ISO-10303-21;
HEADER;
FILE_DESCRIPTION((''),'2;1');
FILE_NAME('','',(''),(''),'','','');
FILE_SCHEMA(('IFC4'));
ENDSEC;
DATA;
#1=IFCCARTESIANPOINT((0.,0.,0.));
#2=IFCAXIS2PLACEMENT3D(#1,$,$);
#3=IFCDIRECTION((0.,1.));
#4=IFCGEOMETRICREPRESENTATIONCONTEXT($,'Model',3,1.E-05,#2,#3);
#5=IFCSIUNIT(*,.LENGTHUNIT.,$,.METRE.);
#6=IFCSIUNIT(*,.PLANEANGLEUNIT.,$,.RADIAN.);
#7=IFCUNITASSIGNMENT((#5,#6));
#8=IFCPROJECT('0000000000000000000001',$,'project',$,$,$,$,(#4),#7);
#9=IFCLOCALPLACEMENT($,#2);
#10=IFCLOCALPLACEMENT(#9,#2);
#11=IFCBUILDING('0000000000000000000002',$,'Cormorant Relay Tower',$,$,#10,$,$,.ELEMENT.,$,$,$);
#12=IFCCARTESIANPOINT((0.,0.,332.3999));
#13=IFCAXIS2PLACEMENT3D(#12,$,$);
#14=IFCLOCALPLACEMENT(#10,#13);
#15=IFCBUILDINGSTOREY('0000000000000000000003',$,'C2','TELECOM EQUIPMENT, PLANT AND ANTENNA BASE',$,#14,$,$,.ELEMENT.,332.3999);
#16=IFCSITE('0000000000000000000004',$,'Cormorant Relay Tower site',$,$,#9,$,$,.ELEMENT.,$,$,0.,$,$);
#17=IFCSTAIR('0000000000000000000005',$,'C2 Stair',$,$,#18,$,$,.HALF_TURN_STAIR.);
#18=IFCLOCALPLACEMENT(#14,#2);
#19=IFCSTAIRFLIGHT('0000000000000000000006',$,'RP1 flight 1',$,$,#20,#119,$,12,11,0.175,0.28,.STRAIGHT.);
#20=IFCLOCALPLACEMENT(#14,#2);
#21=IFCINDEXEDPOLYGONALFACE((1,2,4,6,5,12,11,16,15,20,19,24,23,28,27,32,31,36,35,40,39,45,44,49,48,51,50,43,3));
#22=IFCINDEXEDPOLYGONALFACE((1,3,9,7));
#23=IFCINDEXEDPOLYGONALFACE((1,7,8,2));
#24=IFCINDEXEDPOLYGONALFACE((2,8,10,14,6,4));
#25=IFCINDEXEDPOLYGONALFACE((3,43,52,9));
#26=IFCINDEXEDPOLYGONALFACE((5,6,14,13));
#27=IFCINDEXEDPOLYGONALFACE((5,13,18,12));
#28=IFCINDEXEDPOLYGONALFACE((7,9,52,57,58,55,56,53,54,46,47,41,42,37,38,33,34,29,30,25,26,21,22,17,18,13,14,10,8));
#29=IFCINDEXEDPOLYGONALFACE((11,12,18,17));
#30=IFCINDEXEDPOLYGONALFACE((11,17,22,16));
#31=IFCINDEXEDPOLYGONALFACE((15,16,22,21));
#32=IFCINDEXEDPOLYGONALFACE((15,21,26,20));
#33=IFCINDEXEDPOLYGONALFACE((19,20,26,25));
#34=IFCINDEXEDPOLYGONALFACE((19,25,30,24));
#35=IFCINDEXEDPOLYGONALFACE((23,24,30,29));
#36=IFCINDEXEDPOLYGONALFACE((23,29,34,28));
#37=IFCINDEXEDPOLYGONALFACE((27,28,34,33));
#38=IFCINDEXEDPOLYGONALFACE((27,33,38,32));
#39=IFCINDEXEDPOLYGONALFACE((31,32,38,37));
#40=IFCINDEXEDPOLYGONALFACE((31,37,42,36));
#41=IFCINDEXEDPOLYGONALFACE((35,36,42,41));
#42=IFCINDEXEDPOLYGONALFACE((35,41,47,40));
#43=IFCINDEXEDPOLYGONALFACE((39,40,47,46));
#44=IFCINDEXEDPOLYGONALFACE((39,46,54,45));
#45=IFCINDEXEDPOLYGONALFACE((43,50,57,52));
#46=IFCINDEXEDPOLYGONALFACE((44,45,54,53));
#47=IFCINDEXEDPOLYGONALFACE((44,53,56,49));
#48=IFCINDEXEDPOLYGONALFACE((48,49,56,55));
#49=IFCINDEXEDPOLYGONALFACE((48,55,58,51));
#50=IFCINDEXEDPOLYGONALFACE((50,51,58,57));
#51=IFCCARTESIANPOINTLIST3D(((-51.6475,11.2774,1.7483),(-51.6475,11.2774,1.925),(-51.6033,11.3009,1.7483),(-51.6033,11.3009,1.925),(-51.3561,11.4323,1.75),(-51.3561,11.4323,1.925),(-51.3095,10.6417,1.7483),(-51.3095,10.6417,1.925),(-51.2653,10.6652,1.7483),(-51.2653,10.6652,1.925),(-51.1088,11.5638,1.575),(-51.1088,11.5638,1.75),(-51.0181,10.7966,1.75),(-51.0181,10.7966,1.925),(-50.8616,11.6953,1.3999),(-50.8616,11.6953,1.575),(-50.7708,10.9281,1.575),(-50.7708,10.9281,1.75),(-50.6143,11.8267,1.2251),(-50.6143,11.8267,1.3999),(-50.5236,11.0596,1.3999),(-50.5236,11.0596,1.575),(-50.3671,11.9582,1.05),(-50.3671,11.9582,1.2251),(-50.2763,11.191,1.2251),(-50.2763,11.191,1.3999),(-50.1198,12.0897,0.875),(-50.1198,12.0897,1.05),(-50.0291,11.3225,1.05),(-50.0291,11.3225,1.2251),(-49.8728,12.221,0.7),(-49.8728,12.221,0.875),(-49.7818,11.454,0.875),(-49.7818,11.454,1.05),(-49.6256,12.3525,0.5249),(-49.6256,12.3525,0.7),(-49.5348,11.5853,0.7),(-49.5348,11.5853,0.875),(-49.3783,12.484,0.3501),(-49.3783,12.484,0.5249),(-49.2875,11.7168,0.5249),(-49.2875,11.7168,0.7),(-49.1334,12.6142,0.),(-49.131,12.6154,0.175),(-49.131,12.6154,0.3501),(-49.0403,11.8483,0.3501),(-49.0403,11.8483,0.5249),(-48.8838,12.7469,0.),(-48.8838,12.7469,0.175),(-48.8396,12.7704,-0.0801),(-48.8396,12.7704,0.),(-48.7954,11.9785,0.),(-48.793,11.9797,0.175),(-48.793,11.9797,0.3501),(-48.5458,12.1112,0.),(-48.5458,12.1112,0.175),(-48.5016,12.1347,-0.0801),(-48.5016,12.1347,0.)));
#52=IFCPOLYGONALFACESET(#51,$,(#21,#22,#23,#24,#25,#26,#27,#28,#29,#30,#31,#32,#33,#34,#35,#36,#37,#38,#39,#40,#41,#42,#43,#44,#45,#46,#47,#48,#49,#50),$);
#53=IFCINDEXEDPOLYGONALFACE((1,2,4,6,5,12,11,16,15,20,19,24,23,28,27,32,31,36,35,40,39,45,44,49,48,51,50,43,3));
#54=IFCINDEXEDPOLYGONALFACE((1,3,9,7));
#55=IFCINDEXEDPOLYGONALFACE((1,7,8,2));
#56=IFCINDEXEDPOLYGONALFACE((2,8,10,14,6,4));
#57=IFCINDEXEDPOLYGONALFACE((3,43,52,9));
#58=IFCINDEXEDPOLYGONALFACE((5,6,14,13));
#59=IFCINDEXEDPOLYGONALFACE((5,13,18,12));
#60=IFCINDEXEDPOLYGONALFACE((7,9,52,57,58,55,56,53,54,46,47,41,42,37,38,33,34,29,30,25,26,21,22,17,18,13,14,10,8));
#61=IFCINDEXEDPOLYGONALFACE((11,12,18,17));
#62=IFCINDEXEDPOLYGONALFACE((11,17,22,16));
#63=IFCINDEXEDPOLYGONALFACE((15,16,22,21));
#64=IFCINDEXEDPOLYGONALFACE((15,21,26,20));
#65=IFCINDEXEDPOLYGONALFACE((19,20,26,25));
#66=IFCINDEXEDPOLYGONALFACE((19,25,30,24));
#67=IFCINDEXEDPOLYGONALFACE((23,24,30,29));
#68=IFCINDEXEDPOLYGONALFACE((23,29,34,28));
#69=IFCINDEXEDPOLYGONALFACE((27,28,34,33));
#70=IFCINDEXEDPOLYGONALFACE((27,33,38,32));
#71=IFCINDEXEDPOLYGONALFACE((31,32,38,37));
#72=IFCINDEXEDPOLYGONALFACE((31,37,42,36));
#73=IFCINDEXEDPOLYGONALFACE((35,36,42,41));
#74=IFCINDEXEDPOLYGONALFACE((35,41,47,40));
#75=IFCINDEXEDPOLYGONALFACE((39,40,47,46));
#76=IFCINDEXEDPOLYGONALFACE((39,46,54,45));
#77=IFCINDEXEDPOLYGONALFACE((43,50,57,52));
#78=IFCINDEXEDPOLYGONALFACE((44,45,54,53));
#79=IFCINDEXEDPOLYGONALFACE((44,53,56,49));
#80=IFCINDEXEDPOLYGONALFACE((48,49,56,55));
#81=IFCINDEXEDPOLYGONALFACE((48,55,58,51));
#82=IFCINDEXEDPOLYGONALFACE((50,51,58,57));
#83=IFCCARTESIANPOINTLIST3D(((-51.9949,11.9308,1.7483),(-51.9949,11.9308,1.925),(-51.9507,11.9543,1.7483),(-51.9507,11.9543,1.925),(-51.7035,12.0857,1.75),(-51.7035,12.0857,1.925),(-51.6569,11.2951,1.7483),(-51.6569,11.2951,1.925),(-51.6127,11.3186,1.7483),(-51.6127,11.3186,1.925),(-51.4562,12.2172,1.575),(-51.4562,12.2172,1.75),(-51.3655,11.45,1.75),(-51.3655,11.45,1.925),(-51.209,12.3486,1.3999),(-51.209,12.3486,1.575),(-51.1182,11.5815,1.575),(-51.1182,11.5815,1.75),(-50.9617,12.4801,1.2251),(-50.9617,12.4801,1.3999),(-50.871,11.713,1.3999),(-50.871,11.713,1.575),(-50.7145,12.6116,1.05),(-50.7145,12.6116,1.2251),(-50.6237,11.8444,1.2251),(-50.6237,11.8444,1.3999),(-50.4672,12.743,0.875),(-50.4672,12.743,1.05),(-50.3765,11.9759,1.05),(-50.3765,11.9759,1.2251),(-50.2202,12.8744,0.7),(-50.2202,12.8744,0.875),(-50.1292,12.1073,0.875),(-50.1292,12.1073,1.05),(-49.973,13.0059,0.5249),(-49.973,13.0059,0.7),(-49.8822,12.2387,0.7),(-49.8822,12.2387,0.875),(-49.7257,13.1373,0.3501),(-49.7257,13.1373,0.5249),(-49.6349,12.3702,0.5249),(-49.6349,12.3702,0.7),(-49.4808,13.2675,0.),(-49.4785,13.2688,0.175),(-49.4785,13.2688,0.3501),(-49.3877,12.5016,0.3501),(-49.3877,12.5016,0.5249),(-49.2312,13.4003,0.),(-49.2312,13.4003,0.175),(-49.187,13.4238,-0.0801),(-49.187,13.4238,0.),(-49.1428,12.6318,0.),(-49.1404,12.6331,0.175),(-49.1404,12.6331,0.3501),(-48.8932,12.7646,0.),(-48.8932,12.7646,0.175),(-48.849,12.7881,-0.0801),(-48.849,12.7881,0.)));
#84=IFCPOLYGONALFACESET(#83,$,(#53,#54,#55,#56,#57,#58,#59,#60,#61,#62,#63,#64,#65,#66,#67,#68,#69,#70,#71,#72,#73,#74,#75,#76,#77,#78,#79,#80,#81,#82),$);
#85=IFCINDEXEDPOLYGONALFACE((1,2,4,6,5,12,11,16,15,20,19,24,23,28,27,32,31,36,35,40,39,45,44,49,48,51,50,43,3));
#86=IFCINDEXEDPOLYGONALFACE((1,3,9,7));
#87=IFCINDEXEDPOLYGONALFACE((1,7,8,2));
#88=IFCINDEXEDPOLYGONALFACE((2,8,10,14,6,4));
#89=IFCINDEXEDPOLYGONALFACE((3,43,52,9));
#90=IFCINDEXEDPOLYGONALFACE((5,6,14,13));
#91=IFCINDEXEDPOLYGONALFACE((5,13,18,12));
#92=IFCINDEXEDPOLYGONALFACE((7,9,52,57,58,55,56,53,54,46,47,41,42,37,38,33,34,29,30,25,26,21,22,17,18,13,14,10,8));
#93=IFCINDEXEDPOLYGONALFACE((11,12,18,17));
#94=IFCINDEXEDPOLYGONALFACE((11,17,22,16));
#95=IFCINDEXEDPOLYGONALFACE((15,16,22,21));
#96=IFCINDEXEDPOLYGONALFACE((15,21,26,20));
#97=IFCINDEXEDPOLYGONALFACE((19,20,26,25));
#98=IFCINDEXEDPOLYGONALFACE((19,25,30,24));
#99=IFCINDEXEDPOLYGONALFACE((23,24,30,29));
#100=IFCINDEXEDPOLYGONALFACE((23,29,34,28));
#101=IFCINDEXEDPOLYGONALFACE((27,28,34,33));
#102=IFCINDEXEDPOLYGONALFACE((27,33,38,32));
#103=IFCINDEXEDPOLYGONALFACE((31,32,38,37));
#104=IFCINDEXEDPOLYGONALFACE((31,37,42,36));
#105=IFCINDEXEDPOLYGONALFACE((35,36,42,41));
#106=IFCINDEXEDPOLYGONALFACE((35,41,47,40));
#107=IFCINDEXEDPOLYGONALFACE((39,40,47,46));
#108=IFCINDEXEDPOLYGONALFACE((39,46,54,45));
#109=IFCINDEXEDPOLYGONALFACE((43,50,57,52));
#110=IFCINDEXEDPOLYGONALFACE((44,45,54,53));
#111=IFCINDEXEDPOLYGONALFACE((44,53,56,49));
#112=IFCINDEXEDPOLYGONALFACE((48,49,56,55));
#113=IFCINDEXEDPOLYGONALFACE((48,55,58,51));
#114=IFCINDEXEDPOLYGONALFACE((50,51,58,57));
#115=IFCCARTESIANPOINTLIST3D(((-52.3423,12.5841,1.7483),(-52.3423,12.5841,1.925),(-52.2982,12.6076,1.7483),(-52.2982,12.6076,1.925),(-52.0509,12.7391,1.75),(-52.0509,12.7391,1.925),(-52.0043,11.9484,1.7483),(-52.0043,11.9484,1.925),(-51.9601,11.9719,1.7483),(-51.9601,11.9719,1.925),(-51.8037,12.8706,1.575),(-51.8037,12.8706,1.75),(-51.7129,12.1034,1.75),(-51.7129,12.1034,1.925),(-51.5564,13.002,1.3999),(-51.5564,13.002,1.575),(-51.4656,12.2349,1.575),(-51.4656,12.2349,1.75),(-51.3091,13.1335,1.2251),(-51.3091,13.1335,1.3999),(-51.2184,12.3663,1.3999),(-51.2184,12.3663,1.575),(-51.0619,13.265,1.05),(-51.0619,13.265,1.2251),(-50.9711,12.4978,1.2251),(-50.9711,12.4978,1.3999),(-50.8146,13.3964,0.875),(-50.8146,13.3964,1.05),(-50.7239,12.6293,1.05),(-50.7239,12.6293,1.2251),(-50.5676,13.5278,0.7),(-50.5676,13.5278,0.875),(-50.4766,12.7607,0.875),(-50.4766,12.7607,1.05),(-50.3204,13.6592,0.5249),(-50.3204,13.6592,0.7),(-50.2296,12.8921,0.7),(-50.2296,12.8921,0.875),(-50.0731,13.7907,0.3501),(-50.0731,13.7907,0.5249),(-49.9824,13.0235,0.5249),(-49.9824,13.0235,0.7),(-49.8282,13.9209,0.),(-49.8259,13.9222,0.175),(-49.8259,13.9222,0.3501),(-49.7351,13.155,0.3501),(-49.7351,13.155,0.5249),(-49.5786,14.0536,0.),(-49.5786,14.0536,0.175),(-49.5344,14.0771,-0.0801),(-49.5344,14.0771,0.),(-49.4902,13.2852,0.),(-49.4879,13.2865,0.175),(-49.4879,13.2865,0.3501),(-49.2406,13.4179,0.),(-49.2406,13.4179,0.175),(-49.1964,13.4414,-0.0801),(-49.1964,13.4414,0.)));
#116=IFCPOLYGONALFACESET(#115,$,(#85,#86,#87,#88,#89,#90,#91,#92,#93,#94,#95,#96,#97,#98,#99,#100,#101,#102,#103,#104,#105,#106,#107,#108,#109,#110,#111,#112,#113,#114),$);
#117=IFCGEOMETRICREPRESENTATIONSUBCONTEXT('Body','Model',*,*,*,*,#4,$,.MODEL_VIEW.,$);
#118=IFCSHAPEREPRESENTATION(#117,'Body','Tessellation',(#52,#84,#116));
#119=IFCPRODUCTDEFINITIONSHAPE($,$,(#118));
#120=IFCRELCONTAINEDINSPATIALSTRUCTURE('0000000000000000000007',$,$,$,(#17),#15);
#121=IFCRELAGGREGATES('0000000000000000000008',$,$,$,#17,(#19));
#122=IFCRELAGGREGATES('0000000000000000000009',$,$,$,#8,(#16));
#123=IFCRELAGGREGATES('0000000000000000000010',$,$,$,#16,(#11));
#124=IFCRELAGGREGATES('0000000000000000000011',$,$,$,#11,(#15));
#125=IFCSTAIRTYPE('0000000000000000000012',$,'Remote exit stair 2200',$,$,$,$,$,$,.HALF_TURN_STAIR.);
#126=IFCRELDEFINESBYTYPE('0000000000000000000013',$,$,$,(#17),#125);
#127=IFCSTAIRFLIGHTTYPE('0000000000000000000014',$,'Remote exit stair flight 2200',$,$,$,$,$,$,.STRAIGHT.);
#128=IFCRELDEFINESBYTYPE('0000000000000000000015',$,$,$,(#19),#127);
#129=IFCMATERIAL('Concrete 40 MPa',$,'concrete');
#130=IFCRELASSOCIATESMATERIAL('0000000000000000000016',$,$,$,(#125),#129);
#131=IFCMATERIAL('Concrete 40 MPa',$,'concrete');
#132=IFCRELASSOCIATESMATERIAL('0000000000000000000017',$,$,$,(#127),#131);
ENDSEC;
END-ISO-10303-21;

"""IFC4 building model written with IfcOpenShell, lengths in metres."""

from ifc_helpers import new_model, si_unit, direction, frame, origin, place, context, subcontext, project, spatial, polyline, outline, extrude, material, type_object, element, aggregate, save


model = new_model("IFC4")

# Units and contexts
model_context = context("Model", 3, precision=1e-05, world=origin(), true_north=direction((0.0, 1.0)))
body_context = subcontext(model_context, "Body", "Model", "MODEL_VIEW")
ifc_project = project(units=[si_unit("LENGTHUNIT", "METRE"), si_unit("PLANEANGLEUNIT", "RADIAN")], contexts=[model_context])

# Site, building, storey
site_placement = place(None, origin())
site = spatial("IfcSite", under=ifc_project, at=site_placement, Name="Cormorant Relay Tower site", CompositionType="ELEMENT", RefElevation=0.0)
building_placement = place(site_placement, origin())
building = spatial("IfcBuilding", under=site, at=building_placement, Name="Cormorant Relay Tower", CompositionType="ELEMENT")
storey_placement = place(building_placement, frame((0.0, 0.0, 332.3999)))
storey = spatial("IfcBuildingStorey", under=building, at=storey_placement, Name="C2", Description="TELECOM EQUIPMENT, PLANT AND ANTENNA BASE", CompositionType="ELEMENT", Elevation=332.3999)

# Stair, stair flight
ifc_material_1 = material(Name="Concrete 40 MPa", Category="concrete")
stair_type_1 = type_object("IfcStairType", Name="Remote exit stair 2200", PredefinedType="HALF_TURN_STAIR", material=ifc_material_1)
stair_1_placement = place(storey_placement, origin())
stair_1 = element("IfcStair", 1, at=stair_1_placement, inside=storey, type_object=stair_type_1, Name="C2 Stair", PredefinedType="HALF_TURN_STAIR")
ifc_material_2 = material(Name="Concrete 40 MPa", Category="concrete")
stair_flight_type_1 = type_object("IfcStairFlightType", Name="Remote exit stair flight 2200", PredefinedType="STRAIGHT", material=ifc_material_2)
stair_flight_1_placement = place(storey_placement, frame((-49.0623, 13.0825, 0.0), z_axis=(0.0, 0.0, 1.0), x_axis=(-0.882948, -0.469472, 0.0)))
stair_flight_1 = element("IfcStairFlight", 2, at=stair_flight_1_placement, type_object=stair_flight_type_1, Name="RP1 flight 1", NumberOfRisers=12, NumberOfTreads=11, PredefinedType="STRAIGHT", RiserHeight=0.175, TreadLength=0.28, context=body_context, shape_type="SweptSolid", body=[
    extrude(outline(polyline([(-0.05, -0.0801), (-0.05, 0.0), (0.0, 0.0), (0.0, 0.175), (0.28, 0.175), (0.28, 0.3501), (0.5601, 0.3501), (0.5601, 0.5249), (0.8401, 0.5249), (0.8401, 0.7), (1.1201, 0.7), (1.1201, 0.875), (1.3999, 0.875), (1.3999, 1.05), (1.6799, 1.05), (1.6799, 1.2251), (1.96, 1.2251), (1.96, 1.3999), (2.24, 1.3999), (2.24, 1.575), (2.52, 1.575), (2.52, 1.75), (2.8, 1.75), (2.8, 1.925), (3.0801, 1.925), (3.1301, 1.925), (3.1301, 1.7483), (3.0801, 1.7483), (0.2827, 0.0), (-0.05, -0.0801)])), frame((0.0, 1.1001, 0.0), z_axis=(0.0, -1.0, 0.0), x_axis=(1.0, 0.0, 0.0)), (0.0, 0.0, 1.0), 0.72),
    extrude(outline(polyline([(-0.05, -0.0801), (-0.05, 0.0), (0.0, 0.0), (0.0, 0.175), (0.28, 0.175), (0.28, 0.3501), (0.5601, 0.3501), (0.5601, 0.5249), (0.8401, 0.5249), (0.8401, 0.7), (1.1201, 0.7), (1.1201, 0.875), (1.3999, 0.875), (1.3999, 1.05), (1.6799, 1.05), (1.6799, 1.2251), (1.96, 1.2251), (1.96, 1.3999), (2.24, 1.3999), (2.24, 1.575), (2.52, 1.575), (2.52, 1.75), (2.8, 1.75), (2.8, 1.925), (3.0801, 1.925), (3.1301, 1.925), (3.1301, 1.7483), (3.0801, 1.7483), (0.2827, 0.0), (-0.05, -0.0801)])), frame((0.0, 0.3601, 0.0), z_axis=(0.0, -1.0, 0.0), x_axis=(1.0, 0.0, 0.0)), (0.0, 0.0, 1.0), 0.72),
    extrude(outline(polyline([(-0.05, -0.0801), (-0.05, 0.0), (0.0, 0.0), (0.0, 0.175), (0.28, 0.175), (0.28, 0.3501), (0.5601, 0.3501), (0.5601, 0.5249), (0.8401, 0.5249), (0.8401, 0.7), (1.1201, 0.7), (1.1201, 0.875), (1.3999, 0.875), (1.3999, 1.05), (1.6799, 1.05), (1.6799, 1.2251), (1.96, 1.2251), (1.96, 1.3999), (2.24, 1.3999), (2.24, 1.575), (2.52, 1.575), (2.52, 1.75), (2.8, 1.75), (2.8, 1.925), (3.0801, 1.925), (3.1301, 1.925), (3.1301, 1.7483), (3.0801, 1.7483), (0.2827, 0.0), (-0.05, -0.0801)])), frame((0.0, -0.3799, 0.0), z_axis=(0.0, -1.0, 0.0), x_axis=(1.0, 0.0, 0.0)), (0.0, 0.0, 1.0), 0.72),
])
aggregate(stair_1, [stair_flight_1])

save(model, "model.ifc")
